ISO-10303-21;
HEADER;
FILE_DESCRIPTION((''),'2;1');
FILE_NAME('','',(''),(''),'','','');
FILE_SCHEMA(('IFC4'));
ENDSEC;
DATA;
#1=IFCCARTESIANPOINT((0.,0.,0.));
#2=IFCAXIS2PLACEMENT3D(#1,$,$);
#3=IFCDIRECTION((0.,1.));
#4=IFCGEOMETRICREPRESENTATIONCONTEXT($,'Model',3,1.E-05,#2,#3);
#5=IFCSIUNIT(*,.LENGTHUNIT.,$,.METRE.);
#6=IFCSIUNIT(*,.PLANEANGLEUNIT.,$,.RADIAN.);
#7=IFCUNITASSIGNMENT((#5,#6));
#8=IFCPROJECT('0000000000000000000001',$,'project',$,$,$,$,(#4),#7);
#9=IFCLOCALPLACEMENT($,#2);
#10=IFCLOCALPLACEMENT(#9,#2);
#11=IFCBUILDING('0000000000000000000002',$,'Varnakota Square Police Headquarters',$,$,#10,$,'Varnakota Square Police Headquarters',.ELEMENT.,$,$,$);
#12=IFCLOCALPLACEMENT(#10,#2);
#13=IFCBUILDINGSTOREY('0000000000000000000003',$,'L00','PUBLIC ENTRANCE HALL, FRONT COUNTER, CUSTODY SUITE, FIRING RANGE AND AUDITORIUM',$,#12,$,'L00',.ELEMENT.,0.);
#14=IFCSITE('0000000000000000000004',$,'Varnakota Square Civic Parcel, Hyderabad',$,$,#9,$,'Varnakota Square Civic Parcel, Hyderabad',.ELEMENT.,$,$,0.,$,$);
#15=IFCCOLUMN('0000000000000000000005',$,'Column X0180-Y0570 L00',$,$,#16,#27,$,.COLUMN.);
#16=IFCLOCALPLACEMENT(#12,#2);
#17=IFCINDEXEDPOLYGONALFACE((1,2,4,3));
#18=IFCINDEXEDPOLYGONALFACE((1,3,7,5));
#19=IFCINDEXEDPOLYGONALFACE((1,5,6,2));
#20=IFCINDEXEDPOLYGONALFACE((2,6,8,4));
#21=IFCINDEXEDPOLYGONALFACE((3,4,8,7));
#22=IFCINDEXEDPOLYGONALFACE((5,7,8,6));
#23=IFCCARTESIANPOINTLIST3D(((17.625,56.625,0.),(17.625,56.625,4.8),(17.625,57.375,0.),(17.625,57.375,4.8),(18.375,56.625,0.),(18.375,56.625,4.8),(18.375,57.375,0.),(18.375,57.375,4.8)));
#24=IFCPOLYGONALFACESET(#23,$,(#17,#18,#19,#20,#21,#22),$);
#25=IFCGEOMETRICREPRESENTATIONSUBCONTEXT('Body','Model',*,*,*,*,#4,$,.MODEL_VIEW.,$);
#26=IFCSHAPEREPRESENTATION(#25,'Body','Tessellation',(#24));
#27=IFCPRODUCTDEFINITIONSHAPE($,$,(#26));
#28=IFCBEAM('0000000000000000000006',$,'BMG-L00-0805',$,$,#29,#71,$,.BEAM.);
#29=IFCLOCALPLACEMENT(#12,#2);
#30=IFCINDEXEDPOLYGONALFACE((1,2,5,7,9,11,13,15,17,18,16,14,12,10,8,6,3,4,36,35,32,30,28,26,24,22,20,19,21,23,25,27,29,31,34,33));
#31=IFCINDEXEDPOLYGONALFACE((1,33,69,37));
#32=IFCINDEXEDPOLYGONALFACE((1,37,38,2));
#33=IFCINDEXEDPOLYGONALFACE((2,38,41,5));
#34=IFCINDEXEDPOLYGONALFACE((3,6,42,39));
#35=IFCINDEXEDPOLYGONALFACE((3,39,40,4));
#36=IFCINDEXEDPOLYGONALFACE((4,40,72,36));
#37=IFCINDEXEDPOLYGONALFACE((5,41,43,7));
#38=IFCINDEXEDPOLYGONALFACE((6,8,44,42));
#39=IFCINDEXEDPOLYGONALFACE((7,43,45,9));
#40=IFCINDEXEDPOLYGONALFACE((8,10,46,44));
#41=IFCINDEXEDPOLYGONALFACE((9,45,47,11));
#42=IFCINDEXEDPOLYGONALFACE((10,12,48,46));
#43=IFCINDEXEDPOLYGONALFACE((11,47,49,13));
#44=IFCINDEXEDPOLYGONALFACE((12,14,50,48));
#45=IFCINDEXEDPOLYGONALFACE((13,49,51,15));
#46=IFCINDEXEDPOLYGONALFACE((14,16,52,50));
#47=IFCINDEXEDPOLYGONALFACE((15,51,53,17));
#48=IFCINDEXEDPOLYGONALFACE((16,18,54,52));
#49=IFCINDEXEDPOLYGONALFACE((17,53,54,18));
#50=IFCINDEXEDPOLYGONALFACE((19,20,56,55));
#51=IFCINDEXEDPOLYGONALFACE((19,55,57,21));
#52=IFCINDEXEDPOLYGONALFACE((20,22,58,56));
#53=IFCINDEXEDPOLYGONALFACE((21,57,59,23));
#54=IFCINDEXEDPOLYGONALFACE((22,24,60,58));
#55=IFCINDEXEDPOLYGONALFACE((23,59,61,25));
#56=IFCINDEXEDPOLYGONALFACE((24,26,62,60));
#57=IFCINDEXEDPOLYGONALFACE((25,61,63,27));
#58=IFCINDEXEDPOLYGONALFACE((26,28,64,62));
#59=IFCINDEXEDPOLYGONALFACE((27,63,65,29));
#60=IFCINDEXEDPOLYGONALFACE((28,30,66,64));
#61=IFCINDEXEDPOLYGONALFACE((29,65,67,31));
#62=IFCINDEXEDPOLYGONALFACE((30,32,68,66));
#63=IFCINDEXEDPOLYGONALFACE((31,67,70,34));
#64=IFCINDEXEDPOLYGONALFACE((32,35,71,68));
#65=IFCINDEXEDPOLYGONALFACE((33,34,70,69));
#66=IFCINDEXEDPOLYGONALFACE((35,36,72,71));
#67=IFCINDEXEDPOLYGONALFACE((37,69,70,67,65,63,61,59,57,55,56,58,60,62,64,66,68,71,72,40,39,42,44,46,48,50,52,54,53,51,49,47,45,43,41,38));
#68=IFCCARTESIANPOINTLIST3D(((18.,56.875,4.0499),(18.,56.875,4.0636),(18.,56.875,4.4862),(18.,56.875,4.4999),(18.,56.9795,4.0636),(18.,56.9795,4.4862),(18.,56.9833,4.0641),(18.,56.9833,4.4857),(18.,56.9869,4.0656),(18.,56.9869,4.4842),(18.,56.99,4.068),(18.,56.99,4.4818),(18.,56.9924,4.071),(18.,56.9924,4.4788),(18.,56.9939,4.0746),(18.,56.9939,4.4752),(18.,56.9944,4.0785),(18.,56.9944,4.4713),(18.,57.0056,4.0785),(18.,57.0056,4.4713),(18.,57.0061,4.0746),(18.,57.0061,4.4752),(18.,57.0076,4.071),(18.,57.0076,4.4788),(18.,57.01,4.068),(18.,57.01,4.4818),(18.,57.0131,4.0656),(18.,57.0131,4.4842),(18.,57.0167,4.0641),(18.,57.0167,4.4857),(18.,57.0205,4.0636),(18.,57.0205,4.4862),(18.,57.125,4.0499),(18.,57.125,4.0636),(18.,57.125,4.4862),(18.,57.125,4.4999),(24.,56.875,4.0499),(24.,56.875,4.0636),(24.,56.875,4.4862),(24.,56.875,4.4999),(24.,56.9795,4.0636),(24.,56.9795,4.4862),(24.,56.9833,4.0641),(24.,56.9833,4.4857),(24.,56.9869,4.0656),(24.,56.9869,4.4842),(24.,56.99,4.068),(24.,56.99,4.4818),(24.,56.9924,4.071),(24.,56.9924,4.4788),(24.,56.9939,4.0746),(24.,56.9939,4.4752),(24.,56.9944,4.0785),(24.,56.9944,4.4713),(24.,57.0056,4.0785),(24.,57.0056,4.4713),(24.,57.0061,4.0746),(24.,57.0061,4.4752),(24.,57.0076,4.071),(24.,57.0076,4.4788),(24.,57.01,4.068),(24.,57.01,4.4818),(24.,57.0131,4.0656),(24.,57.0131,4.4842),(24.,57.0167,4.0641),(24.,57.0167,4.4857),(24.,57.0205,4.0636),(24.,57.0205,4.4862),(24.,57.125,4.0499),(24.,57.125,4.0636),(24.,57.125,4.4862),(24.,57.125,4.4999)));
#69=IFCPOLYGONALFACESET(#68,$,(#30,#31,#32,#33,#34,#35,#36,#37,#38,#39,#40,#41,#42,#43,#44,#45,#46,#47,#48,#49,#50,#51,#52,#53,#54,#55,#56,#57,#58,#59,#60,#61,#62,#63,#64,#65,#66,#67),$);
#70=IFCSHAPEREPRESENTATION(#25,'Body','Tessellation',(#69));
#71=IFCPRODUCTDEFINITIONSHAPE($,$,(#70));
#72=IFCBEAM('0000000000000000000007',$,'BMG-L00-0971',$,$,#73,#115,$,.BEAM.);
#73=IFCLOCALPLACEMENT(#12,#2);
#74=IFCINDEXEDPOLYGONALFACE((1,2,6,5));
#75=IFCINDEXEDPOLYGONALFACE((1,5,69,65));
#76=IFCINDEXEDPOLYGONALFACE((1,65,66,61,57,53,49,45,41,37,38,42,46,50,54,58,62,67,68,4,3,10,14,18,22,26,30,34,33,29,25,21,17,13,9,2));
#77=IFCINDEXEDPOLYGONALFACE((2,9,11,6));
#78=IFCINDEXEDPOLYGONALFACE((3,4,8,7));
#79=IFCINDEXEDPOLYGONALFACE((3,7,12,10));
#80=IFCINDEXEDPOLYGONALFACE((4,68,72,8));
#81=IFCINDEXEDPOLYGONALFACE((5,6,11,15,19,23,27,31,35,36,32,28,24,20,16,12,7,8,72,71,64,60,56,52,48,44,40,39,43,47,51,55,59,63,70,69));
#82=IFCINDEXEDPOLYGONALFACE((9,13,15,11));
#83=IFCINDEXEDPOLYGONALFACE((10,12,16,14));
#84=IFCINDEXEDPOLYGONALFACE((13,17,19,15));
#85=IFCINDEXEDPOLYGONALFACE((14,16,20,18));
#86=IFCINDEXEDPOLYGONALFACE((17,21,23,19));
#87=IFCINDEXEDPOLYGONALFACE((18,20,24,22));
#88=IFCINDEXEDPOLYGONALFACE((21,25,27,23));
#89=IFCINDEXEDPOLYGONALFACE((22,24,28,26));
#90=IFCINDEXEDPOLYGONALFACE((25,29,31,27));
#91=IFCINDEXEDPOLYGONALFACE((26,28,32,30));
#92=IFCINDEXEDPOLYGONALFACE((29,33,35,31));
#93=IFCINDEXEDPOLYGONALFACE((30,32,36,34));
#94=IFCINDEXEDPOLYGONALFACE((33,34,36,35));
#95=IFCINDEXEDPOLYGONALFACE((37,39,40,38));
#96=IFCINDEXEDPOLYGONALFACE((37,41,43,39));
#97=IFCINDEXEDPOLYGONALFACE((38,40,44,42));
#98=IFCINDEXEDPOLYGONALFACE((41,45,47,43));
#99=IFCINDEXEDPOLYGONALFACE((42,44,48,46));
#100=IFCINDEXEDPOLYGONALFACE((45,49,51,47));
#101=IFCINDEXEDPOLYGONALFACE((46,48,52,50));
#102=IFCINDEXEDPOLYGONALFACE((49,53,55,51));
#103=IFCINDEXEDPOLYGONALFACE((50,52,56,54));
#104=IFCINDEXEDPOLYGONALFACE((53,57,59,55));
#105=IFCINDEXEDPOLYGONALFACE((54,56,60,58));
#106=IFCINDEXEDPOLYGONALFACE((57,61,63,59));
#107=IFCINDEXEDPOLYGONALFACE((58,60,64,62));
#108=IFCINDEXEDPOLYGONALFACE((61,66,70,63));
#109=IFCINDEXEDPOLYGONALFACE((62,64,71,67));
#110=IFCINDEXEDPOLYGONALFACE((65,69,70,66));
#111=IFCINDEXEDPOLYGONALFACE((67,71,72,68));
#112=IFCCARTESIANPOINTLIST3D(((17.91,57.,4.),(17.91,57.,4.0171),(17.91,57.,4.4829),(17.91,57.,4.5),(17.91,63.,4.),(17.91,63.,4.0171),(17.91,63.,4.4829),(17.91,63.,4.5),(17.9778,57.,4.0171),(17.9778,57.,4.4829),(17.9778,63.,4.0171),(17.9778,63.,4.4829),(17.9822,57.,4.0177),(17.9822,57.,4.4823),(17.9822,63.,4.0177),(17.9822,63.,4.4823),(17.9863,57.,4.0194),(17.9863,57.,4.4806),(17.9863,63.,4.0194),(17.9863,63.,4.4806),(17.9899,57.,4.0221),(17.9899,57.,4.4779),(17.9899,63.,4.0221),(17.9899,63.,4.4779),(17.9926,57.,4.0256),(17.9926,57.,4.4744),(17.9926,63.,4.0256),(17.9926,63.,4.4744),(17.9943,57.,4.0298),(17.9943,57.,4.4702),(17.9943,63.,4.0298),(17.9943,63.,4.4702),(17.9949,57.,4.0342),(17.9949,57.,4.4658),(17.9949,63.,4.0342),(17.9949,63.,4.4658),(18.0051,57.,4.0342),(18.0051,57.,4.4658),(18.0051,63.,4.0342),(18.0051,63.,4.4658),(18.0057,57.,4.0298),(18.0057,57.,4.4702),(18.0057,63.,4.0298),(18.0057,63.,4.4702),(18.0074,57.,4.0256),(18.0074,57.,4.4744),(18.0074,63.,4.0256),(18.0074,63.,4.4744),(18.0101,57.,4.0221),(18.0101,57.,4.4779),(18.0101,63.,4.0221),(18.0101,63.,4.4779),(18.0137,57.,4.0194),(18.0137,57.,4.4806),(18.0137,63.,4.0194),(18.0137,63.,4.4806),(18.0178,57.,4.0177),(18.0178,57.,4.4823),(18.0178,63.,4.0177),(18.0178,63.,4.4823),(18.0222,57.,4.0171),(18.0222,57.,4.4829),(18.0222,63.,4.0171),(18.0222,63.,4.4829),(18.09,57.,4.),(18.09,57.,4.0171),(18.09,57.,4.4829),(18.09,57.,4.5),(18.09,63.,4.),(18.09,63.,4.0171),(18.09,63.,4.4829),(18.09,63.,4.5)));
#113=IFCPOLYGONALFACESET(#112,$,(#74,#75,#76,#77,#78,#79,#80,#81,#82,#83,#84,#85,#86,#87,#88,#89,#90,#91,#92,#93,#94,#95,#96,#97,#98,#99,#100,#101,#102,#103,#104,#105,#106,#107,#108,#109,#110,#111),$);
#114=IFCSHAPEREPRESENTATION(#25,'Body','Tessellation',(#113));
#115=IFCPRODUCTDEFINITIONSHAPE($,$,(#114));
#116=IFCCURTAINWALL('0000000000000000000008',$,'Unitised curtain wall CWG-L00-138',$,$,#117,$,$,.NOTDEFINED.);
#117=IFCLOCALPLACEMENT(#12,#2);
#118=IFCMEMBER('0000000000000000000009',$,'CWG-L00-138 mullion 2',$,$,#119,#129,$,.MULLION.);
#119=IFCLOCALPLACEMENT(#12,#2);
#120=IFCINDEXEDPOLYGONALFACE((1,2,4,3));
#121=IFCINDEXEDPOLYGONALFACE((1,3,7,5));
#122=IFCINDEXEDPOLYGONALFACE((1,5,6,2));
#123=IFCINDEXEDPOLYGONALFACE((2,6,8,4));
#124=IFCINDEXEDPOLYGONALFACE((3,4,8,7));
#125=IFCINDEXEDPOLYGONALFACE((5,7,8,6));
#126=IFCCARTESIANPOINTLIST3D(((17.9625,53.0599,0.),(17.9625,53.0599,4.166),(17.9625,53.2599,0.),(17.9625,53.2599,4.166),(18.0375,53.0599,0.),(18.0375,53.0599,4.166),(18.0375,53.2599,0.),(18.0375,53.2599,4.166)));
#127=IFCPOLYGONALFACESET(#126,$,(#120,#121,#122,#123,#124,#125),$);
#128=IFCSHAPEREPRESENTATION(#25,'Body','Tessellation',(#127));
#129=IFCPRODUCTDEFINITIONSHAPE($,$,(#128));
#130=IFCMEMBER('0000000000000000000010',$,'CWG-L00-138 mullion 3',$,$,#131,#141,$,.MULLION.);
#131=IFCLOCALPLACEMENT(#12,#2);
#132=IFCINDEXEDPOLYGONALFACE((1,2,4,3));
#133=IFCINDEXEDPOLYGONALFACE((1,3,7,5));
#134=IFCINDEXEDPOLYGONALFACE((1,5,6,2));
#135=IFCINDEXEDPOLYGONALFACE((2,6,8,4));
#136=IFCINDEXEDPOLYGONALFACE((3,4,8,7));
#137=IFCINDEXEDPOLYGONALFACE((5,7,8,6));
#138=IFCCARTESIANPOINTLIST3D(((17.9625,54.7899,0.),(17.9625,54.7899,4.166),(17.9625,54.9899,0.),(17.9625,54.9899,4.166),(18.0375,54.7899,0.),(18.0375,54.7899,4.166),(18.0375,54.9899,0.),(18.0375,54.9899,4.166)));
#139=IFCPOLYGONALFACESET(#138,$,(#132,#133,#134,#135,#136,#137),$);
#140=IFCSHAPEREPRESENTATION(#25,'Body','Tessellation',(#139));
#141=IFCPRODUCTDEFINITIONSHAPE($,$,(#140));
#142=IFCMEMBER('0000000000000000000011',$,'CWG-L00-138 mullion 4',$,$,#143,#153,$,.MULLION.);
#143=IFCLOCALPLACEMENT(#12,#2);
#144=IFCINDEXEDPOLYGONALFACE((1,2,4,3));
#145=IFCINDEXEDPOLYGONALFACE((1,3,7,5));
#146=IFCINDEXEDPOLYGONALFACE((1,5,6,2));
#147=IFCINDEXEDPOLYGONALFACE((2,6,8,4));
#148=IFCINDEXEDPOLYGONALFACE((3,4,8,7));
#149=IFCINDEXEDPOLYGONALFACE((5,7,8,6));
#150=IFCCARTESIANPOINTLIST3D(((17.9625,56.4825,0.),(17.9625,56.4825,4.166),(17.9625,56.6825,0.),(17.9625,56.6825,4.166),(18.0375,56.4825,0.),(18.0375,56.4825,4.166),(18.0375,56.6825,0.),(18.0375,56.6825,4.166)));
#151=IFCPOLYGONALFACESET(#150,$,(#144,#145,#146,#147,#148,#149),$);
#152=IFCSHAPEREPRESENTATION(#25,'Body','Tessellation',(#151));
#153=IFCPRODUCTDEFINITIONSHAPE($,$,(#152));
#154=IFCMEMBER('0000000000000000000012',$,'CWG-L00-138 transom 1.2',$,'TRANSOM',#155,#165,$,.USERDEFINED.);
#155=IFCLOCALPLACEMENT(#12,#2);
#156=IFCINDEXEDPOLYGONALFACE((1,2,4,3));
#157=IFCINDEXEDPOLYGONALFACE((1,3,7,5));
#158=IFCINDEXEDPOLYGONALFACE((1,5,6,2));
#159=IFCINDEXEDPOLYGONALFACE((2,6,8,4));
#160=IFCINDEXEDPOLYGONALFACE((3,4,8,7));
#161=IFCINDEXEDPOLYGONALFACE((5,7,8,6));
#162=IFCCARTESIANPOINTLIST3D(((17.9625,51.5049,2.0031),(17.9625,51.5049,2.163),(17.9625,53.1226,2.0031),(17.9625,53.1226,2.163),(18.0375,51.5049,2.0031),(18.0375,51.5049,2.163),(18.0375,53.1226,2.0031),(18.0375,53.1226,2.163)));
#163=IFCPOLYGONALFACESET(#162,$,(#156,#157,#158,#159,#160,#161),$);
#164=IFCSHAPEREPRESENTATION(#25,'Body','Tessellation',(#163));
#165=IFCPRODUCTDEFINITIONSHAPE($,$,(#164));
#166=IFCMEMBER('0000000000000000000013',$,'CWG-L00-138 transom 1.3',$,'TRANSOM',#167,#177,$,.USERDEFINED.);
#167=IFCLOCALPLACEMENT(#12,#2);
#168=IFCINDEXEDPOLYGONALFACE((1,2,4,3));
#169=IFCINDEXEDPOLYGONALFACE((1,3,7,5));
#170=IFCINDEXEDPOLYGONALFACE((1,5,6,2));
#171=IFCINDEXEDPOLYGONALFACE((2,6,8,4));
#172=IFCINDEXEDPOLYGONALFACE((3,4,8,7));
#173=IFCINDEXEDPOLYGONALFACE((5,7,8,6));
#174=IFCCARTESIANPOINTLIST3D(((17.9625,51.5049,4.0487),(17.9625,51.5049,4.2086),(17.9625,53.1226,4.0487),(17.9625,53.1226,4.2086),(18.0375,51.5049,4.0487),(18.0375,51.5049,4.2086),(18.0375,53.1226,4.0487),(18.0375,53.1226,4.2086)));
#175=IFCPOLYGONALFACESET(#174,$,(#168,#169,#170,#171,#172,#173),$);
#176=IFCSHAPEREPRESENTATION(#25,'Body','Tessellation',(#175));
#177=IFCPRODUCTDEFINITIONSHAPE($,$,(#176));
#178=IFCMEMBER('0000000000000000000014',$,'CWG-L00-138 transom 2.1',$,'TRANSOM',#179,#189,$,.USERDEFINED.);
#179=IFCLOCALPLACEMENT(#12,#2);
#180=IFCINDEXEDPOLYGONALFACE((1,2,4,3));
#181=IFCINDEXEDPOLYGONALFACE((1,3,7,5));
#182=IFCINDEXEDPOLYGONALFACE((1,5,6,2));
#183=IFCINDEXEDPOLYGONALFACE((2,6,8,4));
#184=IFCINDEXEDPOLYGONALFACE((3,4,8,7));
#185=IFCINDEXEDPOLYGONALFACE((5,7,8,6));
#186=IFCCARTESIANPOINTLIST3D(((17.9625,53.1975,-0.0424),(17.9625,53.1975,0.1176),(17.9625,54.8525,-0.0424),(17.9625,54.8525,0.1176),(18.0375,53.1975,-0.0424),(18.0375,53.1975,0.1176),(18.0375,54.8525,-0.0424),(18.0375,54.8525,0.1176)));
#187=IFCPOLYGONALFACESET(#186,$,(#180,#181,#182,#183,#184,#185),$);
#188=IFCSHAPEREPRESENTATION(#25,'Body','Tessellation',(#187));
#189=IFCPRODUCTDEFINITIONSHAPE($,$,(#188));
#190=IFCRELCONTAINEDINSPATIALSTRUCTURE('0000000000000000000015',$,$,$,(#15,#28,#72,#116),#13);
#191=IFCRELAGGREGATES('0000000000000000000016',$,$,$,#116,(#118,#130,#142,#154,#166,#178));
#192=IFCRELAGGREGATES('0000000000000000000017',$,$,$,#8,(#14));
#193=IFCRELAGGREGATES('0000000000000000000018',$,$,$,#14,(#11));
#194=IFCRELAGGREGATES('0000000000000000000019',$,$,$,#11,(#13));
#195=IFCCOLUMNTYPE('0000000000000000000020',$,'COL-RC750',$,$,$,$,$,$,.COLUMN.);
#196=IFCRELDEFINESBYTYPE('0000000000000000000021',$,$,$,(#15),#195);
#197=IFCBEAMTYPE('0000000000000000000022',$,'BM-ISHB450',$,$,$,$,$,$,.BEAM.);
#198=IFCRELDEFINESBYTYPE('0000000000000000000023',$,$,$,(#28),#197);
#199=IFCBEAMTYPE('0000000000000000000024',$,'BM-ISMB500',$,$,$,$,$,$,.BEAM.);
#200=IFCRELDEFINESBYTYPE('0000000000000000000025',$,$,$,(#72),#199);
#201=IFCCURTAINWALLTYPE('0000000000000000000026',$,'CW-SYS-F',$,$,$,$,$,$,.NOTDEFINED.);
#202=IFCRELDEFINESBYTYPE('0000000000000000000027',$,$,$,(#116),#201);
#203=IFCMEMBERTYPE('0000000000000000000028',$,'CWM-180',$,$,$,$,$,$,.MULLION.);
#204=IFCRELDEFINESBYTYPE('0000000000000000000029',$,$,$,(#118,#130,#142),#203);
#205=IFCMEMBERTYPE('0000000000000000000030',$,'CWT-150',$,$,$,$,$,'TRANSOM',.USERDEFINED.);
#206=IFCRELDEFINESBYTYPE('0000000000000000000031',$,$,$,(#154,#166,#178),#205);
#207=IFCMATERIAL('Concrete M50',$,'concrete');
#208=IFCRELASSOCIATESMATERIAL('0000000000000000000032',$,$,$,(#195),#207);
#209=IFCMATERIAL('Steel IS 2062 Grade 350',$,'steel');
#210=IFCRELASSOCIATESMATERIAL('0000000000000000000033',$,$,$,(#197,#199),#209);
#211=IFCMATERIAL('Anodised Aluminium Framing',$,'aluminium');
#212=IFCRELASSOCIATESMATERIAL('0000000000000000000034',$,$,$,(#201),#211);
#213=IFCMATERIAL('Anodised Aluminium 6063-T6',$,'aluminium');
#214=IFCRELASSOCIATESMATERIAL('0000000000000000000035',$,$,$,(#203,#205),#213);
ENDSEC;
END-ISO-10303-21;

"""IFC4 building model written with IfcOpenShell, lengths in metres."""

from ifc_helpers import new_model, si_unit, direction, frame, origin, origin_2d, place, context, subcontext, project, spatial, rectangle, i_section, extrude, material, material_profile, profile_set, type_object, element, aggregate, save


model = new_model("IFC4")

# Units and contexts
model_context = context("Model", 3, precision=1e-05, world=origin(), true_north=direction((0.0, 1.0)))
body_context = subcontext(model_context, "Body", "Model", "MODEL_VIEW")
ifc_project = project(units=[si_unit("LENGTHUNIT", "METRE"), si_unit("PLANEANGLEUNIT", "RADIAN")], contexts=[model_context])

# Site, building, storey
site_placement = place(None, origin())
site = spatial("IfcSite", under=ifc_project, at=site_placement, Name="Varnakota Square Civic Parcel, Hyderabad", LongName="Varnakota Square Civic Parcel, Hyderabad", CompositionType="ELEMENT", RefElevation=0.0)
building_placement = place(site_placement, origin())
building = spatial("IfcBuilding", under=site, at=building_placement, Name="Varnakota Square Police Headquarters", LongName="Varnakota Square Police Headquarters", CompositionType="ELEMENT")
storey_placement = place(building_placement, origin())
storey = spatial("IfcBuildingStorey", under=building, at=storey_placement, Name="L00", Description="PUBLIC ENTRANCE HALL, FRONT COUNTER, CUSTODY SUITE, FIRING RANGE AND AUDITORIUM", LongName="L00", CompositionType="ELEMENT", Elevation=0.0)

# Column
ifc_material_1 = material(Name="Concrete M50", Category="concrete")
ifc_material_profile_1 = material_profile(ifc_material_1, rectangle(XDim=0.75, YDim=0.75, at=origin_2d()), Name="RC 750x750")
ifc_profile_set_1 = profile_set([ifc_material_profile_1], Name="Concrete M50")
column_type = type_object("IfcColumnType", Name="COL-RC750", PredefinedType="COLUMN", material=ifc_profile_set_1)
column_placement = place(storey_placement, frame((18.0, 57.0, 0.0), z_axis=(0.0, 0.0, 1.0), x_axis=(1.0, 0.0, 0.0)))
element("IfcColumn", 1, at=column_placement, inside=storey, type_object=column_type, Name="Column X0180-Y0570 L00", PredefinedType="COLUMN", context=body_context, shape_type="SweptSolid", body=[
    extrude(rectangle(XDim=0.75, YDim=0.75, at=origin_2d()), origin(), (0.0, 0.0, 1.0), 4.8),
])

# Beams
ifc_material_2 = material(Name="Steel IS 2062 Grade 350", Category="steel")
ifc_material_profile_2 = material_profile(ifc_material_2, i_section(OverallWidth=0.25, OverallDepth=0.45, WebThickness=0.0112, FlangeThickness=0.0137, FilletRadius=0.0149, at=origin_2d()), Name="ISHB 450")
ifc_profile_set_2 = profile_set([ifc_material_profile_2], Name="Steel IS 2062 Grade 350")
beam_type_1 = type_object("IfcBeamType", Name="BM-ISHB450", PredefinedType="BEAM", material=ifc_profile_set_2)
beam_1_placement = place(storey_placement, frame((18.0, 57.0, 4.2749), z_axis=(1.0, 0.0, 0.0), x_axis=(0.0, 1.0, 0.0)))
element("IfcBeam", 2, at=beam_1_placement, inside=storey, type_object=beam_type_1, Name="BMG-L00-0805", PredefinedType="BEAM", context=body_context, shape_type="SweptSolid", body=[
    extrude(i_section(OverallWidth=0.25, OverallDepth=0.45, WebThickness=0.0112, FlangeThickness=0.0137, FilletRadius=0.0149, at=origin_2d()), origin(), (0.0, 0.0, 1.0), 6.0),
])
ifc_material_profile_3 = material_profile(ifc_material_2, i_section(OverallWidth=0.1799, OverallDepth=0.5, WebThickness=0.0103, FlangeThickness=0.0171, FilletRadius=0.0171, at=origin_2d()), Name="ISMB 500")
ifc_profile_set_3 = profile_set([ifc_material_profile_3], Name="Steel IS 2062 Grade 350")
beam_type_2 = type_object("IfcBeamType", Name="BM-ISMB500", PredefinedType="BEAM", material=ifc_profile_set_3)
beam_2_placement = place(storey_placement, frame((18.0, 57.0, 4.25), z_axis=(0.0, 1.0, 0.0), x_axis=(-1.0, 0.0, 0.0)))
element("IfcBeam", 3, at=beam_2_placement, inside=storey, type_object=beam_type_2, Name="BMG-L00-0971", PredefinedType="BEAM", context=body_context, shape_type="SweptSolid", body=[
    extrude(i_section(OverallWidth=0.1799, OverallDepth=0.5, WebThickness=0.0103, FlangeThickness=0.0171, FilletRadius=0.0171, at=origin_2d()), origin(), (0.0, 0.0, 1.0), 6.0),
])

# Curtain wall, members
ifc_material_3 = material(Name="Anodised Aluminium Framing", Category="aluminium")
curtain_wall_type = type_object("IfcCurtainWallType", Name="CW-SYS-F", PredefinedType="NOTDEFINED", material=ifc_material_3)
curtain_wall_placement = place(storey_placement, origin())
curtain_wall = element("IfcCurtainWall", 4, at=curtain_wall_placement, inside=storey, type_object=curtain_wall_type, Name="Unitised curtain wall CWG-L00-138", PredefinedType="NOTDEFINED")
ifc_material_4 = material(Name="Anodised Aluminium 6063-T6", Category="aluminium")
ifc_material_profile_4 = material_profile(ifc_material_4, rectangle(XDim=0.075, YDim=0.2, at=origin_2d()), Name="ALU MULLION 75x200")
ifc_profile_set_4 = profile_set([ifc_material_profile_4], Name="Anodised Aluminium 6063-T6")
member_type_1 = type_object("IfcMemberType", Name="CWM-180", PredefinedType="MULLION", material=ifc_profile_set_4)
member_1_placement = place(storey_placement, frame((18.0, 53.1599, 0.0), z_axis=(0.0, 0.0, 1.0), x_axis=(-1.0, 0.0, 0.0)))
member_1 = element("IfcMember", 5, at=member_1_placement, type_object=member_type_1, Name="CWG-L00-138 mullion 2", PredefinedType="MULLION", context=body_context, shape_type="SweptSolid", body=[
    extrude(rectangle(XDim=0.075, YDim=0.2, at=origin_2d()), origin(), (0.0, 0.0, 1.0), 4.166),
])
member_2_placement = place(storey_placement, frame((18.0, 54.8899, 0.0), z_axis=(0.0, 0.0, 1.0), x_axis=(-1.0, 0.0, 0.0)))
member_2 = element("IfcMember", 6, at=member_2_placement, type_object=member_type_1, Name="CWG-L00-138 mullion 3", PredefinedType="MULLION", context=body_context, shape_type="SweptSolid", body=[
    extrude(rectangle(XDim=0.075, YDim=0.2, at=origin_2d()), origin(), (0.0, 0.0, 1.0), 4.166),
])
member_3_placement = place(storey_placement, frame((18.0, 56.5825, 0.0), z_axis=(0.0, 0.0, 1.0), x_axis=(-1.0, 0.0, 0.0)))
member_3 = element("IfcMember", 7, at=member_3_placement, type_object=member_type_1, Name="CWG-L00-138 mullion 4", PredefinedType="MULLION", context=body_context, shape_type="SweptSolid", body=[
    extrude(rectangle(XDim=0.075, YDim=0.2, at=origin_2d()), origin(), (0.0, 0.0, 1.0), 4.166),
])
ifc_material_profile_5 = material_profile(ifc_material_4, rectangle(XDim=0.075, YDim=0.1599, at=origin_2d()), Name="ALU TRANSOM 75x160")
ifc_profile_set_5 = profile_set([ifc_material_profile_5], Name="Anodised Aluminium 6063-T6")
member_type_2 = type_object("IfcMemberType", Name="CWT-150", ElementType="TRANSOM", PredefinedType="USERDEFINED", material=ifc_profile_set_5)
member_4_placement = place(storey_placement, frame((18.0, 51.5049, 2.083), z_axis=(0.0, 1.0, 0.0), x_axis=(-1.0, 0.0, 0.0)))
member_4 = element("IfcMember", 8, at=member_4_placement, type_object=member_type_2, Name="CWG-L00-138 transom 1.2", ObjectType="TRANSOM", PredefinedType="USERDEFINED", context=body_context, shape_type="SweptSolid", body=[
    extrude(rectangle(XDim=0.075, YDim=0.1599, at=origin_2d()), origin(), (0.0, 0.0, 1.0), 1.6177),
])
member_5_placement = place(storey_placement, frame((18.0, 51.5049, 4.1287), z_axis=(0.0, 1.0, 0.0), x_axis=(-1.0, 0.0, 0.0)))
member_5 = element("IfcMember", 9, at=member_5_placement, type_object=member_type_2, Name="CWG-L00-138 transom 1.3", ObjectType="TRANSOM", PredefinedType="USERDEFINED", context=body_context, shape_type="SweptSolid", body=[
    extrude(rectangle(XDim=0.075, YDim=0.1599, at=origin_2d()), origin(), (0.0, 0.0, 1.0), 1.6177),
])
member_6_placement = place(storey_placement, frame((18.0, 53.1975, 0.0376), z_axis=(0.0, 1.0, 0.0), x_axis=(-1.0, 0.0, 0.0)))
member_6 = element("IfcMember", 10, at=member_6_placement, type_object=member_type_2, Name="CWG-L00-138 transom 2.1", ObjectType="TRANSOM", PredefinedType="USERDEFINED", context=body_context, shape_type="SweptSolid", body=[
    extrude(rectangle(XDim=0.075, YDim=0.1599, at=origin_2d()), origin(), (0.0, 0.0, 1.0), 1.655),
])
aggregate(curtain_wall, [member_1, member_2, member_3, member_4, member_5, member_6])

save(model, "model.ifc")
